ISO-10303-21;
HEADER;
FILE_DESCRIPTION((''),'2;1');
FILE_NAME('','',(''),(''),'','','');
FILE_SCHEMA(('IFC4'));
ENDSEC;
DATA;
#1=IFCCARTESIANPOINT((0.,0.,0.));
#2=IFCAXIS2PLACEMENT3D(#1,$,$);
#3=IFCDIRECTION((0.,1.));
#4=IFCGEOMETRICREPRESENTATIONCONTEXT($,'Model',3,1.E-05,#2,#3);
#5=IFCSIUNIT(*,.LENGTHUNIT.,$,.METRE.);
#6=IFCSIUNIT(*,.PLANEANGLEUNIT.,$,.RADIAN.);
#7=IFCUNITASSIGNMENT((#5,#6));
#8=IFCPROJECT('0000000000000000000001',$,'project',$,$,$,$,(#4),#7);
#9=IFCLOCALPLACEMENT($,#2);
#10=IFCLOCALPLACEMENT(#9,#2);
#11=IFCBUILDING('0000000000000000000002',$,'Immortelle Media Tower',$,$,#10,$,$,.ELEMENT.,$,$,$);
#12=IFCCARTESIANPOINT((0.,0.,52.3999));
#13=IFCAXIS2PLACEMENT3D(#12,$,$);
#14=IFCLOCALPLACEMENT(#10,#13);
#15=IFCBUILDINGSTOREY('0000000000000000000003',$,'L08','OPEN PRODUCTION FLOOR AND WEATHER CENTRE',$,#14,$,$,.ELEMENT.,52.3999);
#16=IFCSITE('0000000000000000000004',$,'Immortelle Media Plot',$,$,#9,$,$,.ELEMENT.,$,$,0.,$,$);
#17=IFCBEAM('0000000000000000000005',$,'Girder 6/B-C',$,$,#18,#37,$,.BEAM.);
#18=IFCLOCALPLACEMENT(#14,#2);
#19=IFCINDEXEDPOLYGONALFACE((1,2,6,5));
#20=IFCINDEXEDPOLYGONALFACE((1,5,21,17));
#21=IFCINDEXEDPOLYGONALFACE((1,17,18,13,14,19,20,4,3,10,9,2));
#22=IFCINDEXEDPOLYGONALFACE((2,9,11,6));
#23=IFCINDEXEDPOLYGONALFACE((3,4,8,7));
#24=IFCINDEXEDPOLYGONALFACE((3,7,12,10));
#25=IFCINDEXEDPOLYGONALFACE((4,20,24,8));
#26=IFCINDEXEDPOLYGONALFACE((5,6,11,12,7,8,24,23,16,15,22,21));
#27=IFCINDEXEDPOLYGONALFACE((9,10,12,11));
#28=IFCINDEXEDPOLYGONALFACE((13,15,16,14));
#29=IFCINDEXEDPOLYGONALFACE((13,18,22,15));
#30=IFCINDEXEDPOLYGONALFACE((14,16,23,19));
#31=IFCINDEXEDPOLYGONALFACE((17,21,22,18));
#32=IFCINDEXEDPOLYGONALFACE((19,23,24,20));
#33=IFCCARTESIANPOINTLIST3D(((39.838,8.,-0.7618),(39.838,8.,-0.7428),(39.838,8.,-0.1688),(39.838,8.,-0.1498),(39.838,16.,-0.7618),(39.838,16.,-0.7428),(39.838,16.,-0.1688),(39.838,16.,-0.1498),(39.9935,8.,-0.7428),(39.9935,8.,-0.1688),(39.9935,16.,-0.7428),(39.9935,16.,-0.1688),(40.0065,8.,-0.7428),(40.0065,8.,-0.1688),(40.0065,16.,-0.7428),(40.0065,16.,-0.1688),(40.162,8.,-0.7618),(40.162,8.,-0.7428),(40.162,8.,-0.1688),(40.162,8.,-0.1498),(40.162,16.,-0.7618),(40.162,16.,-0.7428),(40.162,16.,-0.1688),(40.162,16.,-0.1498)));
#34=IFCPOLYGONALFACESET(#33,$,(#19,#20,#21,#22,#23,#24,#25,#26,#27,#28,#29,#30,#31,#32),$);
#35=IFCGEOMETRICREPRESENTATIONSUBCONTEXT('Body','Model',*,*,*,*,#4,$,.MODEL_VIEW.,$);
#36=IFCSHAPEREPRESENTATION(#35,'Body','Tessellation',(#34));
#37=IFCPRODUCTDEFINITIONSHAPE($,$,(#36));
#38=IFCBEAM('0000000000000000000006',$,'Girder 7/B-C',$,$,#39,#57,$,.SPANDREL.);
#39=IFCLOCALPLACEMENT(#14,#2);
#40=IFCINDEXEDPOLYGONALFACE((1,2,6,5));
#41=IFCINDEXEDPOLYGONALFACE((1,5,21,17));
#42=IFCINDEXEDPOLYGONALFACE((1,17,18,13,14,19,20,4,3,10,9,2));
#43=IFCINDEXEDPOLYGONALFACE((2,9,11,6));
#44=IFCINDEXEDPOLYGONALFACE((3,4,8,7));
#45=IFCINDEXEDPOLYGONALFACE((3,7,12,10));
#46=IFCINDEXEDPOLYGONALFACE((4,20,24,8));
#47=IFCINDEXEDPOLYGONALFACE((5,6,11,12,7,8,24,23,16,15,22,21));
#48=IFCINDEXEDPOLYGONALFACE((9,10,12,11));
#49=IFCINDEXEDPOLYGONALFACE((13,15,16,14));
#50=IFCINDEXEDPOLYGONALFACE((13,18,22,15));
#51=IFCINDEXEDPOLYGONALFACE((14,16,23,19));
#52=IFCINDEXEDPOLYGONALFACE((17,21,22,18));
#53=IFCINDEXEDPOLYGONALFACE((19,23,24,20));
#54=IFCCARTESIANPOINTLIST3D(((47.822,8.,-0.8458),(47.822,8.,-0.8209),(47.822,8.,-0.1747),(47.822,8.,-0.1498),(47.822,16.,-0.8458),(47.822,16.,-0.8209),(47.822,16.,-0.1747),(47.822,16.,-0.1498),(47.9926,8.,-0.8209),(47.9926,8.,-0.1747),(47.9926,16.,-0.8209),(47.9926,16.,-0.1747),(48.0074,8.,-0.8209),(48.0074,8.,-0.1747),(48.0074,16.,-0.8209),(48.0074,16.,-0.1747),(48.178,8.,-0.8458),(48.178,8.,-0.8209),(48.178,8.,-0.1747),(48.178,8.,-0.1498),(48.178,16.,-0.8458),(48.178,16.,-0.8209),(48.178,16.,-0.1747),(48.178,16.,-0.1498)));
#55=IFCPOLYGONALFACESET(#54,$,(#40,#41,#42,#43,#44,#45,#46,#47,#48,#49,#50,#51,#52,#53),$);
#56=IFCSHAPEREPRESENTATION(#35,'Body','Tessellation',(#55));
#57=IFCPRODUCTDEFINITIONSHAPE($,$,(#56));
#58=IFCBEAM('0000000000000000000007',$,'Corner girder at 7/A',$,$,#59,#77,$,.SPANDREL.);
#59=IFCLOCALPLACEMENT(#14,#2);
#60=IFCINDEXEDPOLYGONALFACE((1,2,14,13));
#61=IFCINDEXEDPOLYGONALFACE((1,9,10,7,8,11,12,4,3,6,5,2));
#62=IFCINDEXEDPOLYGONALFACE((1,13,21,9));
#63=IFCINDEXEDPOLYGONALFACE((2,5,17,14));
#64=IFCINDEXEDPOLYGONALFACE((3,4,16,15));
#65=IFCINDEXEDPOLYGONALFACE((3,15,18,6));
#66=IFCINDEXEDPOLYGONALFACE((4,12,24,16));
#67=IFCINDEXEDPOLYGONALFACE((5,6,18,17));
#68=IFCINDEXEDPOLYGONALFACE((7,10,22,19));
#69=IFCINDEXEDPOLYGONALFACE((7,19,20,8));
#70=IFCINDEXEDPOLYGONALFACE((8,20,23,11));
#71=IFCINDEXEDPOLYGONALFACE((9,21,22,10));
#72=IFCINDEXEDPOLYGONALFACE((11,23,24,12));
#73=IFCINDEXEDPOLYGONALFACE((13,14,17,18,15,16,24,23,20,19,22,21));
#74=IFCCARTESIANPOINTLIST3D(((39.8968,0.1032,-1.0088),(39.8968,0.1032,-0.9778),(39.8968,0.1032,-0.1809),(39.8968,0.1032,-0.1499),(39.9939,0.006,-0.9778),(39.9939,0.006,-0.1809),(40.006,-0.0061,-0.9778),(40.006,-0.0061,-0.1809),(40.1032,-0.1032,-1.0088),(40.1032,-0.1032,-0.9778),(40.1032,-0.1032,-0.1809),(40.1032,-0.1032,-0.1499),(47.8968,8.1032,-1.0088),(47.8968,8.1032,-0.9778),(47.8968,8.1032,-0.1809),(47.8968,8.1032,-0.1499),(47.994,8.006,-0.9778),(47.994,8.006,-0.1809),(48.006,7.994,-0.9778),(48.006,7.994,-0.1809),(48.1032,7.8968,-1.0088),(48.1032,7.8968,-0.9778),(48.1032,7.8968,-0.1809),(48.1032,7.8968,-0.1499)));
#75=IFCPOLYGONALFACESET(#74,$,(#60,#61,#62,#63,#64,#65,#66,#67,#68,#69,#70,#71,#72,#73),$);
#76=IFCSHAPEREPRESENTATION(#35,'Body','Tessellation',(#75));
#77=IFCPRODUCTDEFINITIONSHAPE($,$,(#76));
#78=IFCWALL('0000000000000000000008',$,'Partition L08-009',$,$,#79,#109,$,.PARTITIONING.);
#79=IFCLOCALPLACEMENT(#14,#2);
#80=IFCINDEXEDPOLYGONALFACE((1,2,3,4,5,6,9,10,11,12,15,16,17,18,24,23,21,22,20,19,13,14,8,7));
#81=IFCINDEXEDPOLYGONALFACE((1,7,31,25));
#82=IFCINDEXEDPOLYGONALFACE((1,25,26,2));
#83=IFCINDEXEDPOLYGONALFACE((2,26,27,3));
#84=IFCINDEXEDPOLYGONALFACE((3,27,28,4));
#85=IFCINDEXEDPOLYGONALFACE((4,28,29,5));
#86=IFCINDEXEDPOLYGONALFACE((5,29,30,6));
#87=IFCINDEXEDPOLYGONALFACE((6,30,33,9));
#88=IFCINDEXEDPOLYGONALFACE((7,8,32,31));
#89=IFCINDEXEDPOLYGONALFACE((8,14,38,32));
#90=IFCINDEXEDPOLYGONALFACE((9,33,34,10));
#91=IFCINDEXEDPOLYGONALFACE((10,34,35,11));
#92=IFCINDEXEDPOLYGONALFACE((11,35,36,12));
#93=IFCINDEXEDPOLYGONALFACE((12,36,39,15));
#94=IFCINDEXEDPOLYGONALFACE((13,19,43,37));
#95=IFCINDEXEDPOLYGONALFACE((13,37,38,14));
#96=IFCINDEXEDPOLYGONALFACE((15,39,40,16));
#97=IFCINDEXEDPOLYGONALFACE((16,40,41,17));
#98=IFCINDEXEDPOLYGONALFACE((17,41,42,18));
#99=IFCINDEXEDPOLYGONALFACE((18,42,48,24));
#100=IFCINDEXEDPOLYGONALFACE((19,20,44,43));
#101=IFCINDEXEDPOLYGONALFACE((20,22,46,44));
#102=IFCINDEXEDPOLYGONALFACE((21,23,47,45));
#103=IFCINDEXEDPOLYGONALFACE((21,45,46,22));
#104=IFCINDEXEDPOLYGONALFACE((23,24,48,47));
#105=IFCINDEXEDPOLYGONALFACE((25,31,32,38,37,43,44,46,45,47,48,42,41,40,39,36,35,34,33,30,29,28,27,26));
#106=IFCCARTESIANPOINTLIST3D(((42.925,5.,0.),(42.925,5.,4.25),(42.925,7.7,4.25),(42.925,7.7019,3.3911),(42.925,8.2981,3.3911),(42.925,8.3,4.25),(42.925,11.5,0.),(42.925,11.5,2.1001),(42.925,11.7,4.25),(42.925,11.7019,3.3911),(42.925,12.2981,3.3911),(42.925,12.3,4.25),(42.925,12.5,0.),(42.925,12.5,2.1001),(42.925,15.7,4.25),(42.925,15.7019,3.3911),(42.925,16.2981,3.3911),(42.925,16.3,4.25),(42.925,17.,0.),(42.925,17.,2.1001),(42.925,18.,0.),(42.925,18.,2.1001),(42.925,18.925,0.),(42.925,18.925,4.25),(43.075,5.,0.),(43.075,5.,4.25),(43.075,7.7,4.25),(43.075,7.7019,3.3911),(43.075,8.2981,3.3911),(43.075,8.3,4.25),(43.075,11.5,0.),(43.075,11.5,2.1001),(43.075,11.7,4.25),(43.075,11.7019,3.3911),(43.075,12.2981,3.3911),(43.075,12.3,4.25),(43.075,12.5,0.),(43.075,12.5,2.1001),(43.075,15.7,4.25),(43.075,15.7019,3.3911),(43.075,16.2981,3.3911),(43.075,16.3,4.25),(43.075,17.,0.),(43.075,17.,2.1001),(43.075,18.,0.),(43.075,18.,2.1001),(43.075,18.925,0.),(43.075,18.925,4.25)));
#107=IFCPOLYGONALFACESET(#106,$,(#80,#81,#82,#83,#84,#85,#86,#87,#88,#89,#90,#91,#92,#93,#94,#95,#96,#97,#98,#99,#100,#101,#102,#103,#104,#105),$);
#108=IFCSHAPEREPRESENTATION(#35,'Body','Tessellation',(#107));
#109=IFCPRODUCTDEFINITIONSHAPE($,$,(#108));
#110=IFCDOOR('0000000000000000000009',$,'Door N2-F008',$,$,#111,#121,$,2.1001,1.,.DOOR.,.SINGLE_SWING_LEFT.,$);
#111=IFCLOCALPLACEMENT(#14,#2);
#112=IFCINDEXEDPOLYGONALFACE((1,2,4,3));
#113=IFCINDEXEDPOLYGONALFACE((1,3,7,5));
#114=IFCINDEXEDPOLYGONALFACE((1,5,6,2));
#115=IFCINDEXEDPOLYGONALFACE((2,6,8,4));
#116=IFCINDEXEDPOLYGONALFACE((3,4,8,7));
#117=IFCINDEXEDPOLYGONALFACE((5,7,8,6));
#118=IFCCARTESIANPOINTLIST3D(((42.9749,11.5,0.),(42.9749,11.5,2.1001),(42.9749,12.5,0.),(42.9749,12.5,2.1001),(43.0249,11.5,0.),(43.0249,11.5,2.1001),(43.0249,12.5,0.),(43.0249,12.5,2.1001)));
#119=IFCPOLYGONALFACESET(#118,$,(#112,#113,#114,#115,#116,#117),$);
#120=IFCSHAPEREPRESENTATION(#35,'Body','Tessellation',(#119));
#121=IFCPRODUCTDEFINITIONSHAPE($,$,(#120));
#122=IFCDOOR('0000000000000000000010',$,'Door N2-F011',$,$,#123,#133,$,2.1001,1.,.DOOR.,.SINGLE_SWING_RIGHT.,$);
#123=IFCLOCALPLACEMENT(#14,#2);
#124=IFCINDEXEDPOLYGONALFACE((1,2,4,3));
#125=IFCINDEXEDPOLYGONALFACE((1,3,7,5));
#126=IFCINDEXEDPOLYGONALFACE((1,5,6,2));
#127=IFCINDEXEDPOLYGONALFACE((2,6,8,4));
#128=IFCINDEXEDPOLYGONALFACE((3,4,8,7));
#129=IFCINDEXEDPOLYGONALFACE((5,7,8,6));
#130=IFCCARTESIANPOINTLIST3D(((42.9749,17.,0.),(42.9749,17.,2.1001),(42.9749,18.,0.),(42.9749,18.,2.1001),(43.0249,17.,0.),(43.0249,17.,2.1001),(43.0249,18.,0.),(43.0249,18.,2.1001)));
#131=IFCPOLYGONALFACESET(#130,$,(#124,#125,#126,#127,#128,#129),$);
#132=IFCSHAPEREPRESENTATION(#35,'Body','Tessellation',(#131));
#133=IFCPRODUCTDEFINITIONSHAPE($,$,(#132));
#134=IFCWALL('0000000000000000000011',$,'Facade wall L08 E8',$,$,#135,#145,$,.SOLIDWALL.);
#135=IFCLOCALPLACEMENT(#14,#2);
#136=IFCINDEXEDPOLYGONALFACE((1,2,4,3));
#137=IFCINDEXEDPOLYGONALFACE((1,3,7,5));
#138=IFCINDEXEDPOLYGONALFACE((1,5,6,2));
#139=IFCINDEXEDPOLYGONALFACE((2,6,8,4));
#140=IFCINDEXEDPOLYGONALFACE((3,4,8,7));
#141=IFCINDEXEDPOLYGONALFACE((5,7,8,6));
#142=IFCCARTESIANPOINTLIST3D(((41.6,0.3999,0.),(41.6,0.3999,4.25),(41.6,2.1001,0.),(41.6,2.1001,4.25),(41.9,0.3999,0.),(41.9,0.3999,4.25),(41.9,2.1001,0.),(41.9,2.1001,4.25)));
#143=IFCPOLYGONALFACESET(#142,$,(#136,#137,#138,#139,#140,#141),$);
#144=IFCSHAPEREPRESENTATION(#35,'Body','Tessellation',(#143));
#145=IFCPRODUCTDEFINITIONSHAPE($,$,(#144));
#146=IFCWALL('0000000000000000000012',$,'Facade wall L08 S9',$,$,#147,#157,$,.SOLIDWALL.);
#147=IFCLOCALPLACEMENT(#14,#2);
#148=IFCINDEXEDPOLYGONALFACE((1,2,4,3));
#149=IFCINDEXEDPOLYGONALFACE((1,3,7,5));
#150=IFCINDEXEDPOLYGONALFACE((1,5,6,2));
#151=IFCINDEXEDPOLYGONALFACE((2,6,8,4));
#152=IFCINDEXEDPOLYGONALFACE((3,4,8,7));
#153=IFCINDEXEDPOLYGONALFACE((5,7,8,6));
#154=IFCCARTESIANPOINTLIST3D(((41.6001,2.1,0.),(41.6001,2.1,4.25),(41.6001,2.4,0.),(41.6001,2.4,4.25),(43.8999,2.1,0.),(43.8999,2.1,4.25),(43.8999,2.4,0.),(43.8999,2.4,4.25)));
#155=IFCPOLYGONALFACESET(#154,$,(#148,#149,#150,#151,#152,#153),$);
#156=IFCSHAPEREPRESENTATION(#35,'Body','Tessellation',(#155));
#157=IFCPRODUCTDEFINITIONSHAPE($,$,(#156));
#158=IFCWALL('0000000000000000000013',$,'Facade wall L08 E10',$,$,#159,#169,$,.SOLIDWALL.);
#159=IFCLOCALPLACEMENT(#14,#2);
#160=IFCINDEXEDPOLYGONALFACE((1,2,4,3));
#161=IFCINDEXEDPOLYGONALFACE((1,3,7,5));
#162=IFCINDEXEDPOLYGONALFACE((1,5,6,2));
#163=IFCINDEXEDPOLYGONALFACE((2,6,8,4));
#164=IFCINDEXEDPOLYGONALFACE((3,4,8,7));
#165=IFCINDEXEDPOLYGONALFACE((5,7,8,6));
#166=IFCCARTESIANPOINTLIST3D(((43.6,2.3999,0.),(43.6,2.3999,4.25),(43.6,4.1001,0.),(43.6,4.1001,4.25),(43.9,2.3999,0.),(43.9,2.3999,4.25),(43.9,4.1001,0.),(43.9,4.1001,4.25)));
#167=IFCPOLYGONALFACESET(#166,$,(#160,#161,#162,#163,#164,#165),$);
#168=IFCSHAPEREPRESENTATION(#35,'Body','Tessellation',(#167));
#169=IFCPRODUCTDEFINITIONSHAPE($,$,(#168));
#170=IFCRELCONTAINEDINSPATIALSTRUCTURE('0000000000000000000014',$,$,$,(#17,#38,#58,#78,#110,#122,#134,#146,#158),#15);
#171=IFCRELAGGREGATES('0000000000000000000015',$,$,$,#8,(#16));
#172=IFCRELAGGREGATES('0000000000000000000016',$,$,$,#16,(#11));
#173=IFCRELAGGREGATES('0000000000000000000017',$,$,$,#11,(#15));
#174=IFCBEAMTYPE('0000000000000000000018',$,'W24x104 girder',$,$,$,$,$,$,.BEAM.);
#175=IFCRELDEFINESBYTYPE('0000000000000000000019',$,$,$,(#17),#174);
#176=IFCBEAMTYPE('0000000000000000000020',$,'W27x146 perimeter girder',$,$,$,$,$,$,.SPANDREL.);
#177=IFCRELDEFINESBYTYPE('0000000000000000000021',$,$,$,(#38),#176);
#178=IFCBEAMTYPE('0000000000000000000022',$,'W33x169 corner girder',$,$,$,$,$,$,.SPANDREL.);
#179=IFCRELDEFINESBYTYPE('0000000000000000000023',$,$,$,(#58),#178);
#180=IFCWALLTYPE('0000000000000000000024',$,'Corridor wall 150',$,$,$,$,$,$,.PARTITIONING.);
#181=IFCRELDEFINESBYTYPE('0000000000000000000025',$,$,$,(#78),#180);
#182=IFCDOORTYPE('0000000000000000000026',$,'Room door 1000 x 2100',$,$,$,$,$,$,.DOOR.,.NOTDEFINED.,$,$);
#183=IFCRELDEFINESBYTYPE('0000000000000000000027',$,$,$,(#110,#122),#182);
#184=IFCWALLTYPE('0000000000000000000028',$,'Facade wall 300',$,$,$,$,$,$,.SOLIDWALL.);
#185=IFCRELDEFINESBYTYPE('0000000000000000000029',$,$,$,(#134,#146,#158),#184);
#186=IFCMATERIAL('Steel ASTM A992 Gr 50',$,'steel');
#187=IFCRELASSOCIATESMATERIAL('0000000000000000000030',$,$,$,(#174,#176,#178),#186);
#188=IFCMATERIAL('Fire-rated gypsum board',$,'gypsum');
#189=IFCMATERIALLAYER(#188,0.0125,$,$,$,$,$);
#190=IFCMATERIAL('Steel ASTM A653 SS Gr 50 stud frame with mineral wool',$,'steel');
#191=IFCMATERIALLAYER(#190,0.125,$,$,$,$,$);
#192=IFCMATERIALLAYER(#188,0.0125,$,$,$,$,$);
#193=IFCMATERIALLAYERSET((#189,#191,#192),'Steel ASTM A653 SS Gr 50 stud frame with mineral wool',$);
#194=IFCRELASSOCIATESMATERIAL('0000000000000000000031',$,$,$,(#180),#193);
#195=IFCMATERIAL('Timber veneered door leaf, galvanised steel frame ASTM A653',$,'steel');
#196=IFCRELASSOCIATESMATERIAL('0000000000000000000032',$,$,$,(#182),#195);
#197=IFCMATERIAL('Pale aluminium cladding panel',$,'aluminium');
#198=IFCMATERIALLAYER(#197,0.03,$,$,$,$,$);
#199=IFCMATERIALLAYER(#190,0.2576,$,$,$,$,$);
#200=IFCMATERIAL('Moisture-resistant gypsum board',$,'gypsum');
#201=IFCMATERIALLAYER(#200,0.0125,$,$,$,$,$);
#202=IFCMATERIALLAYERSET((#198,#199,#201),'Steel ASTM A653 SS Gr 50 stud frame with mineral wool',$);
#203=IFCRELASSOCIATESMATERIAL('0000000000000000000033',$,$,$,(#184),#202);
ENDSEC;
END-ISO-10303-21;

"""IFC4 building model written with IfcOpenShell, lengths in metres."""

from ifc_helpers import new_model, si_unit, direction, frame, frame_2d, origin, origin_2d, place, context, subcontext, project, spatial, polyline, rectangle, i_section, outline, extrude, material, layer, layer_set, material_profile, profile_set, type_object, element, fill, save


model = new_model("IFC4")

# Units and contexts
model_context = context("Model", 3, precision=1e-05, world=origin(), true_north=direction((0.0, 1.0)))
body_context = subcontext(model_context, "Body", "Model", "MODEL_VIEW")
ifc_project = project(units=[si_unit("LENGTHUNIT", "METRE"), si_unit("PLANEANGLEUNIT", "RADIAN")], contexts=[model_context])

# Site, building, storey
site_placement = place(None, origin())
site = spatial("IfcSite", under=ifc_project, at=site_placement, Name="Immortelle Media Plot", CompositionType="ELEMENT", RefElevation=0.0)
building_placement = place(site_placement, origin())
building = spatial("IfcBuilding", under=site, at=building_placement, Name="Immortelle Media Tower", CompositionType="ELEMENT")
storey_placement = place(building_placement, frame((0.0, 0.0, 52.3999)))
storey = spatial("IfcBuildingStorey", under=building, at=storey_placement, Name="L08", Description="OPEN PRODUCTION FLOOR AND WEATHER CENTRE", CompositionType="ELEMENT", Elevation=52.3999)

# Shared definitions
ifc_material_1 = material(Name="Steel ASTM A992 Gr 50", Category="steel")

# Beams
ifc_material_profile_1 = material_profile(ifc_material_1, i_section(OverallWidth=0.324, OverallDepth=0.6121, WebThickness=0.0129, FlangeThickness=0.019, at=origin_2d()), Name="W24x104")
ifc_profile_set_1 = profile_set([ifc_material_profile_1], Name="Steel ASTM A992 Gr 50")
beam_type_1 = type_object("IfcBeamType", Name="W24x104 girder", PredefinedType="BEAM", material=ifc_profile_set_1)
for number, where, z_axis, x_axis, name in (
    (1, (40.0, 8.0, -0.4558), (0.0, 1.0, 0.0), (-1.0, 0.0, 0.0), "Girder 6/B-C"),
):
    element("IfcBeam", number, at=place(storey_placement, frame(where, z_axis=z_axis, x_axis=x_axis)), inside=storey, type_object=beam_type_1, Name=name, PredefinedType="BEAM", context=body_context, shape_type="SweptSolid", body=[
        extrude(i_section(OverallWidth=0.324, OverallDepth=0.6121, WebThickness=0.0129, FlangeThickness=0.019, at=origin_2d()), origin(), (0.0, 0.0, 1.0), 8.0),
    ])
ifc_material_profile_2 = material_profile(ifc_material_1, i_section(OverallWidth=0.356, OverallDepth=0.696, WebThickness=0.0149, FlangeThickness=0.0249, at=origin_2d()), Name="W27x146")
ifc_profile_set_2 = profile_set([ifc_material_profile_2], Name="Steel ASTM A992 Gr 50")
beam_type_2 = type_object("IfcBeamType", Name="W27x146 perimeter girder", PredefinedType="SPANDREL", material=ifc_profile_set_2)
beam_1_placement = place(storey_placement, frame((48.0, 8.0, -0.4978), z_axis=(0.0, 1.0, 0.0), x_axis=(-1.0, 0.0, 0.0)))
element("IfcBeam", 2, at=beam_1_placement, inside=storey, type_object=beam_type_2, Name="Girder 7/B-C", PredefinedType="SPANDREL", context=body_context, shape_type="SweptSolid", body=[
    extrude(i_section(OverallWidth=0.356, OverallDepth=0.696, WebThickness=0.0149, FlangeThickness=0.0249, at=origin_2d()), origin(), (0.0, 0.0, 1.0), 8.0),
])
ifc_material_profile_3 = material_profile(ifc_material_1, i_section(OverallWidth=0.292, OverallDepth=0.8589, WebThickness=0.0171, FlangeThickness=0.031, at=origin_2d()), Name="W33x169")
ifc_profile_set_3 = profile_set([ifc_material_profile_3], Name="Steel ASTM A992 Gr 50")
beam_type_3 = type_object("IfcBeamType", Name="W33x169 corner girder", PredefinedType="SPANDREL", material=ifc_profile_set_3)
beam_2_placement = place(storey_placement, frame((48.0, 8.0, -0.5793), z_axis=(-0.707107, -0.707107, 0.0), x_axis=(0.707107, -0.707107, 0.0)))
element("IfcBeam", 3, at=beam_2_placement, inside=storey, type_object=beam_type_3, Name="Corner girder at 7/A", PredefinedType="SPANDREL", context=body_context, shape_type="SweptSolid", body=[
    extrude(i_section(OverallWidth=0.292, OverallDepth=0.8589, WebThickness=0.0171, FlangeThickness=0.031, at=origin_2d()), origin(), (0.0, 0.0, 1.0), 11.3137),
])

# Wall, openings, doors
ifc_material_2 = material(Name="Fire-rated gypsum board", Category="gypsum")
ifc_layer_1 = layer(ifc_material_2, 0.0125)
ifc_material_3 = material(Name="Steel ASTM A653 SS Gr 50 stud frame with mineral wool", Category="steel")
ifc_layer_2 = layer(ifc_material_3, 0.125)
ifc_layer_3 = layer(ifc_material_2, 0.0125)
ifc_layer_set_1 = layer_set([ifc_layer_1, ifc_layer_2, ifc_layer_3], Name="Steel ASTM A653 SS Gr 50 stud frame with mineral wool")
wall_type_1 = type_object("IfcWallType", Name="Corridor wall 150", PredefinedType="PARTITIONING", material=ifc_layer_set_1)
wall_1_placement = place(storey_placement, frame((43.0, 5.0, 0.0), z_axis=(0.0, 0.0, 1.0), x_axis=(0.0, 1.0, 0.0)))
wall_1 = element("IfcWall", 4, at=wall_1_placement, inside=storey, type_object=wall_type_1, Name="Partition L08-009", PredefinedType="PARTITIONING", context=body_context, shape_type="SweptSolid", body=[
    extrude(outline(polyline([(0.0, 0.0), (13.925, 0.0), (13.925, 4.25), (11.3, 4.25), (11.2981, 3.3911), (10.7019, 3.3911), (10.7, 4.25), (7.3, 4.25), (7.2981, 3.3911), (6.7019, 3.3911), (6.7, 4.25), (3.3, 4.25), (3.2981, 3.3911), (2.7019, 3.3911), (2.7, 4.25), (0.0, 4.25), (0.0, 0.0)])), frame((0.0, 0.075, 0.0), z_axis=(0.0, -1.0, 0.0), x_axis=(1.0, 0.0, 0.0)), (0.0, 0.0, 1.0), 0.1499),
])
opening_1_placement = place(wall_1_placement, frame((7.5, 0.0, 0.0), z_axis=(0.0, 0.0, 1.0), x_axis=(-1.0, 0.0, 0.0)))
opening_1 = element("IfcOpeningElement", 5, at=opening_1_placement, cuts=wall_1, PredefinedType="OPENING", context=body_context, shape_type="SweptSolid", body=[
    extrude(rectangle(XDim=1.0, YDim=2.1001, at=frame_2d((0.5, 1.05))), frame((0.0, 0.085, 0.0), z_axis=(0.0, -1.0, 0.0), x_axis=(1.0, 0.0, 0.0)), (0.0, 0.0, 1.0), 0.1699),
])
opening_2_placement = place(wall_1_placement, frame((13.0, 0.0, 0.0), z_axis=(0.0, 0.0, 1.0), x_axis=(-1.0, 0.0, 0.0)))
opening_2 = element("IfcOpeningElement", 6, at=opening_2_placement, cuts=wall_1, PredefinedType="OPENING", context=body_context, shape_type="SweptSolid", body=[
    extrude(rectangle(XDim=1.0, YDim=2.1001, at=frame_2d((0.5, 1.05))), frame((0.0, 0.085, 0.0), z_axis=(0.0, -1.0, 0.0), x_axis=(1.0, 0.0, 0.0)), (0.0, 0.0, 1.0), 0.1699),
])
ifc_material_4 = material(Name="Timber veneered door leaf, galvanised steel frame ASTM A653", Category="steel")
door_type_1 = type_object("IfcDoorType", Name="Room door 1000 x 2100", OperationType="NOTDEFINED", PredefinedType="DOOR", material=ifc_material_4)
door_1_placement = place(opening_1_placement, origin())
door_1 = element("IfcDoor", 7, at=door_1_placement, inside=storey, type_object=door_type_1, Name="Door N2-F008", OperationType="SINGLE_SWING_LEFT", OverallHeight=2.1001, OverallWidth=1.0, PredefinedType="DOOR", context=body_context, shape_type="SweptSolid", body=[
    extrude(rectangle(XDim=1.0, YDim=2.1001, at=frame_2d((0.5, 1.05))), frame((0.0, 0.0249, 0.0), z_axis=(0.0, -1.0, 0.0), x_axis=(1.0, 0.0, 0.0)), (0.0, 0.0, 1.0), 0.05),
])
fill(opening_1, door_1)
door_2_placement = place(opening_2_placement, origin())
door_2 = element("IfcDoor", 8, at=door_2_placement, inside=storey, type_object=door_type_1, Name="Door N2-F011", OperationType="SINGLE_SWING_RIGHT", OverallHeight=2.1001, OverallWidth=1.0, PredefinedType="DOOR", context=body_context, shape_type="SweptSolid", body=[
    extrude(rectangle(XDim=1.0, YDim=2.1001, at=frame_2d((0.5, 1.05))), frame((0.0, 0.0249, 0.0), z_axis=(0.0, -1.0, 0.0), x_axis=(1.0, 0.0, 0.0)), (0.0, 0.0, 1.0), 0.05),
])
fill(opening_2, door_2)

# Walls
ifc_material_5 = material(Name="Pale aluminium cladding panel", Category="aluminium")
ifc_layer_4 = layer(ifc_material_5, 0.03)
ifc_layer_5 = layer(ifc_material_3, 0.2576)
ifc_material_6 = material(Name="Moisture-resistant gypsum board", Category="gypsum")
ifc_layer_6 = layer(ifc_material_6, 0.0125)
ifc_layer_set_2 = layer_set([ifc_layer_4, ifc_layer_5, ifc_layer_6], Name="Steel ASTM A653 SS Gr 50 stud frame with mineral wool")
wall_type_2 = type_object("IfcWallType", Name="Facade wall 300", PredefinedType="SOLIDWALL", material=ifc_layer_set_2)
wall_2_placement = place(storey_placement, frame((41.75, 0.3999, 0.0), z_axis=(0.0, 0.0, 1.0), x_axis=(0.0, 1.0, 0.0)))
element("IfcWall", 9, at=wall_2_placement, inside=storey, type_object=wall_type_2, Name="Facade wall L08 E8", PredefinedType="SOLIDWALL", context=body_context, shape_type="SweptSolid", body=[
    extrude(rectangle(XDim=1.7002, YDim=0.3, at=frame_2d((0.8501, 0.0))), origin(), (0.0, 0.0, 1.0), 4.25),
])
wall_3_placement = place(storey_placement, frame((41.6001, 2.25, 0.0), z_axis=(0.0, 0.0, 1.0), x_axis=(1.0, 0.0, 0.0)))
element("IfcWall", 10, at=wall_3_placement, inside=storey, type_object=wall_type_2, Name="Facade wall L08 S9", PredefinedType="SOLIDWALL", context=body_context, shape_type="SweptSolid", body=[
    extrude(rectangle(XDim=2.2998, YDim=0.3, at=frame_2d((1.1499, 0.0))), origin(), (0.0, 0.0, 1.0), 4.25),
])
wall_4_placement = place(storey_placement, frame((43.75, 2.3999, 0.0), z_axis=(0.0, 0.0, 1.0), x_axis=(0.0, 1.0, 0.0)))
element("IfcWall", 11, at=wall_4_placement, inside=storey, type_object=wall_type_2, Name="Facade wall L08 E10", PredefinedType="SOLIDWALL", context=body_context, shape_type="SweptSolid", body=[
    extrude(rectangle(XDim=1.7002, YDim=0.3, at=frame_2d((0.8501, 0.0))), origin(), (0.0, 0.0, 1.0), 4.25),
])

save(model, "model.ifc")
